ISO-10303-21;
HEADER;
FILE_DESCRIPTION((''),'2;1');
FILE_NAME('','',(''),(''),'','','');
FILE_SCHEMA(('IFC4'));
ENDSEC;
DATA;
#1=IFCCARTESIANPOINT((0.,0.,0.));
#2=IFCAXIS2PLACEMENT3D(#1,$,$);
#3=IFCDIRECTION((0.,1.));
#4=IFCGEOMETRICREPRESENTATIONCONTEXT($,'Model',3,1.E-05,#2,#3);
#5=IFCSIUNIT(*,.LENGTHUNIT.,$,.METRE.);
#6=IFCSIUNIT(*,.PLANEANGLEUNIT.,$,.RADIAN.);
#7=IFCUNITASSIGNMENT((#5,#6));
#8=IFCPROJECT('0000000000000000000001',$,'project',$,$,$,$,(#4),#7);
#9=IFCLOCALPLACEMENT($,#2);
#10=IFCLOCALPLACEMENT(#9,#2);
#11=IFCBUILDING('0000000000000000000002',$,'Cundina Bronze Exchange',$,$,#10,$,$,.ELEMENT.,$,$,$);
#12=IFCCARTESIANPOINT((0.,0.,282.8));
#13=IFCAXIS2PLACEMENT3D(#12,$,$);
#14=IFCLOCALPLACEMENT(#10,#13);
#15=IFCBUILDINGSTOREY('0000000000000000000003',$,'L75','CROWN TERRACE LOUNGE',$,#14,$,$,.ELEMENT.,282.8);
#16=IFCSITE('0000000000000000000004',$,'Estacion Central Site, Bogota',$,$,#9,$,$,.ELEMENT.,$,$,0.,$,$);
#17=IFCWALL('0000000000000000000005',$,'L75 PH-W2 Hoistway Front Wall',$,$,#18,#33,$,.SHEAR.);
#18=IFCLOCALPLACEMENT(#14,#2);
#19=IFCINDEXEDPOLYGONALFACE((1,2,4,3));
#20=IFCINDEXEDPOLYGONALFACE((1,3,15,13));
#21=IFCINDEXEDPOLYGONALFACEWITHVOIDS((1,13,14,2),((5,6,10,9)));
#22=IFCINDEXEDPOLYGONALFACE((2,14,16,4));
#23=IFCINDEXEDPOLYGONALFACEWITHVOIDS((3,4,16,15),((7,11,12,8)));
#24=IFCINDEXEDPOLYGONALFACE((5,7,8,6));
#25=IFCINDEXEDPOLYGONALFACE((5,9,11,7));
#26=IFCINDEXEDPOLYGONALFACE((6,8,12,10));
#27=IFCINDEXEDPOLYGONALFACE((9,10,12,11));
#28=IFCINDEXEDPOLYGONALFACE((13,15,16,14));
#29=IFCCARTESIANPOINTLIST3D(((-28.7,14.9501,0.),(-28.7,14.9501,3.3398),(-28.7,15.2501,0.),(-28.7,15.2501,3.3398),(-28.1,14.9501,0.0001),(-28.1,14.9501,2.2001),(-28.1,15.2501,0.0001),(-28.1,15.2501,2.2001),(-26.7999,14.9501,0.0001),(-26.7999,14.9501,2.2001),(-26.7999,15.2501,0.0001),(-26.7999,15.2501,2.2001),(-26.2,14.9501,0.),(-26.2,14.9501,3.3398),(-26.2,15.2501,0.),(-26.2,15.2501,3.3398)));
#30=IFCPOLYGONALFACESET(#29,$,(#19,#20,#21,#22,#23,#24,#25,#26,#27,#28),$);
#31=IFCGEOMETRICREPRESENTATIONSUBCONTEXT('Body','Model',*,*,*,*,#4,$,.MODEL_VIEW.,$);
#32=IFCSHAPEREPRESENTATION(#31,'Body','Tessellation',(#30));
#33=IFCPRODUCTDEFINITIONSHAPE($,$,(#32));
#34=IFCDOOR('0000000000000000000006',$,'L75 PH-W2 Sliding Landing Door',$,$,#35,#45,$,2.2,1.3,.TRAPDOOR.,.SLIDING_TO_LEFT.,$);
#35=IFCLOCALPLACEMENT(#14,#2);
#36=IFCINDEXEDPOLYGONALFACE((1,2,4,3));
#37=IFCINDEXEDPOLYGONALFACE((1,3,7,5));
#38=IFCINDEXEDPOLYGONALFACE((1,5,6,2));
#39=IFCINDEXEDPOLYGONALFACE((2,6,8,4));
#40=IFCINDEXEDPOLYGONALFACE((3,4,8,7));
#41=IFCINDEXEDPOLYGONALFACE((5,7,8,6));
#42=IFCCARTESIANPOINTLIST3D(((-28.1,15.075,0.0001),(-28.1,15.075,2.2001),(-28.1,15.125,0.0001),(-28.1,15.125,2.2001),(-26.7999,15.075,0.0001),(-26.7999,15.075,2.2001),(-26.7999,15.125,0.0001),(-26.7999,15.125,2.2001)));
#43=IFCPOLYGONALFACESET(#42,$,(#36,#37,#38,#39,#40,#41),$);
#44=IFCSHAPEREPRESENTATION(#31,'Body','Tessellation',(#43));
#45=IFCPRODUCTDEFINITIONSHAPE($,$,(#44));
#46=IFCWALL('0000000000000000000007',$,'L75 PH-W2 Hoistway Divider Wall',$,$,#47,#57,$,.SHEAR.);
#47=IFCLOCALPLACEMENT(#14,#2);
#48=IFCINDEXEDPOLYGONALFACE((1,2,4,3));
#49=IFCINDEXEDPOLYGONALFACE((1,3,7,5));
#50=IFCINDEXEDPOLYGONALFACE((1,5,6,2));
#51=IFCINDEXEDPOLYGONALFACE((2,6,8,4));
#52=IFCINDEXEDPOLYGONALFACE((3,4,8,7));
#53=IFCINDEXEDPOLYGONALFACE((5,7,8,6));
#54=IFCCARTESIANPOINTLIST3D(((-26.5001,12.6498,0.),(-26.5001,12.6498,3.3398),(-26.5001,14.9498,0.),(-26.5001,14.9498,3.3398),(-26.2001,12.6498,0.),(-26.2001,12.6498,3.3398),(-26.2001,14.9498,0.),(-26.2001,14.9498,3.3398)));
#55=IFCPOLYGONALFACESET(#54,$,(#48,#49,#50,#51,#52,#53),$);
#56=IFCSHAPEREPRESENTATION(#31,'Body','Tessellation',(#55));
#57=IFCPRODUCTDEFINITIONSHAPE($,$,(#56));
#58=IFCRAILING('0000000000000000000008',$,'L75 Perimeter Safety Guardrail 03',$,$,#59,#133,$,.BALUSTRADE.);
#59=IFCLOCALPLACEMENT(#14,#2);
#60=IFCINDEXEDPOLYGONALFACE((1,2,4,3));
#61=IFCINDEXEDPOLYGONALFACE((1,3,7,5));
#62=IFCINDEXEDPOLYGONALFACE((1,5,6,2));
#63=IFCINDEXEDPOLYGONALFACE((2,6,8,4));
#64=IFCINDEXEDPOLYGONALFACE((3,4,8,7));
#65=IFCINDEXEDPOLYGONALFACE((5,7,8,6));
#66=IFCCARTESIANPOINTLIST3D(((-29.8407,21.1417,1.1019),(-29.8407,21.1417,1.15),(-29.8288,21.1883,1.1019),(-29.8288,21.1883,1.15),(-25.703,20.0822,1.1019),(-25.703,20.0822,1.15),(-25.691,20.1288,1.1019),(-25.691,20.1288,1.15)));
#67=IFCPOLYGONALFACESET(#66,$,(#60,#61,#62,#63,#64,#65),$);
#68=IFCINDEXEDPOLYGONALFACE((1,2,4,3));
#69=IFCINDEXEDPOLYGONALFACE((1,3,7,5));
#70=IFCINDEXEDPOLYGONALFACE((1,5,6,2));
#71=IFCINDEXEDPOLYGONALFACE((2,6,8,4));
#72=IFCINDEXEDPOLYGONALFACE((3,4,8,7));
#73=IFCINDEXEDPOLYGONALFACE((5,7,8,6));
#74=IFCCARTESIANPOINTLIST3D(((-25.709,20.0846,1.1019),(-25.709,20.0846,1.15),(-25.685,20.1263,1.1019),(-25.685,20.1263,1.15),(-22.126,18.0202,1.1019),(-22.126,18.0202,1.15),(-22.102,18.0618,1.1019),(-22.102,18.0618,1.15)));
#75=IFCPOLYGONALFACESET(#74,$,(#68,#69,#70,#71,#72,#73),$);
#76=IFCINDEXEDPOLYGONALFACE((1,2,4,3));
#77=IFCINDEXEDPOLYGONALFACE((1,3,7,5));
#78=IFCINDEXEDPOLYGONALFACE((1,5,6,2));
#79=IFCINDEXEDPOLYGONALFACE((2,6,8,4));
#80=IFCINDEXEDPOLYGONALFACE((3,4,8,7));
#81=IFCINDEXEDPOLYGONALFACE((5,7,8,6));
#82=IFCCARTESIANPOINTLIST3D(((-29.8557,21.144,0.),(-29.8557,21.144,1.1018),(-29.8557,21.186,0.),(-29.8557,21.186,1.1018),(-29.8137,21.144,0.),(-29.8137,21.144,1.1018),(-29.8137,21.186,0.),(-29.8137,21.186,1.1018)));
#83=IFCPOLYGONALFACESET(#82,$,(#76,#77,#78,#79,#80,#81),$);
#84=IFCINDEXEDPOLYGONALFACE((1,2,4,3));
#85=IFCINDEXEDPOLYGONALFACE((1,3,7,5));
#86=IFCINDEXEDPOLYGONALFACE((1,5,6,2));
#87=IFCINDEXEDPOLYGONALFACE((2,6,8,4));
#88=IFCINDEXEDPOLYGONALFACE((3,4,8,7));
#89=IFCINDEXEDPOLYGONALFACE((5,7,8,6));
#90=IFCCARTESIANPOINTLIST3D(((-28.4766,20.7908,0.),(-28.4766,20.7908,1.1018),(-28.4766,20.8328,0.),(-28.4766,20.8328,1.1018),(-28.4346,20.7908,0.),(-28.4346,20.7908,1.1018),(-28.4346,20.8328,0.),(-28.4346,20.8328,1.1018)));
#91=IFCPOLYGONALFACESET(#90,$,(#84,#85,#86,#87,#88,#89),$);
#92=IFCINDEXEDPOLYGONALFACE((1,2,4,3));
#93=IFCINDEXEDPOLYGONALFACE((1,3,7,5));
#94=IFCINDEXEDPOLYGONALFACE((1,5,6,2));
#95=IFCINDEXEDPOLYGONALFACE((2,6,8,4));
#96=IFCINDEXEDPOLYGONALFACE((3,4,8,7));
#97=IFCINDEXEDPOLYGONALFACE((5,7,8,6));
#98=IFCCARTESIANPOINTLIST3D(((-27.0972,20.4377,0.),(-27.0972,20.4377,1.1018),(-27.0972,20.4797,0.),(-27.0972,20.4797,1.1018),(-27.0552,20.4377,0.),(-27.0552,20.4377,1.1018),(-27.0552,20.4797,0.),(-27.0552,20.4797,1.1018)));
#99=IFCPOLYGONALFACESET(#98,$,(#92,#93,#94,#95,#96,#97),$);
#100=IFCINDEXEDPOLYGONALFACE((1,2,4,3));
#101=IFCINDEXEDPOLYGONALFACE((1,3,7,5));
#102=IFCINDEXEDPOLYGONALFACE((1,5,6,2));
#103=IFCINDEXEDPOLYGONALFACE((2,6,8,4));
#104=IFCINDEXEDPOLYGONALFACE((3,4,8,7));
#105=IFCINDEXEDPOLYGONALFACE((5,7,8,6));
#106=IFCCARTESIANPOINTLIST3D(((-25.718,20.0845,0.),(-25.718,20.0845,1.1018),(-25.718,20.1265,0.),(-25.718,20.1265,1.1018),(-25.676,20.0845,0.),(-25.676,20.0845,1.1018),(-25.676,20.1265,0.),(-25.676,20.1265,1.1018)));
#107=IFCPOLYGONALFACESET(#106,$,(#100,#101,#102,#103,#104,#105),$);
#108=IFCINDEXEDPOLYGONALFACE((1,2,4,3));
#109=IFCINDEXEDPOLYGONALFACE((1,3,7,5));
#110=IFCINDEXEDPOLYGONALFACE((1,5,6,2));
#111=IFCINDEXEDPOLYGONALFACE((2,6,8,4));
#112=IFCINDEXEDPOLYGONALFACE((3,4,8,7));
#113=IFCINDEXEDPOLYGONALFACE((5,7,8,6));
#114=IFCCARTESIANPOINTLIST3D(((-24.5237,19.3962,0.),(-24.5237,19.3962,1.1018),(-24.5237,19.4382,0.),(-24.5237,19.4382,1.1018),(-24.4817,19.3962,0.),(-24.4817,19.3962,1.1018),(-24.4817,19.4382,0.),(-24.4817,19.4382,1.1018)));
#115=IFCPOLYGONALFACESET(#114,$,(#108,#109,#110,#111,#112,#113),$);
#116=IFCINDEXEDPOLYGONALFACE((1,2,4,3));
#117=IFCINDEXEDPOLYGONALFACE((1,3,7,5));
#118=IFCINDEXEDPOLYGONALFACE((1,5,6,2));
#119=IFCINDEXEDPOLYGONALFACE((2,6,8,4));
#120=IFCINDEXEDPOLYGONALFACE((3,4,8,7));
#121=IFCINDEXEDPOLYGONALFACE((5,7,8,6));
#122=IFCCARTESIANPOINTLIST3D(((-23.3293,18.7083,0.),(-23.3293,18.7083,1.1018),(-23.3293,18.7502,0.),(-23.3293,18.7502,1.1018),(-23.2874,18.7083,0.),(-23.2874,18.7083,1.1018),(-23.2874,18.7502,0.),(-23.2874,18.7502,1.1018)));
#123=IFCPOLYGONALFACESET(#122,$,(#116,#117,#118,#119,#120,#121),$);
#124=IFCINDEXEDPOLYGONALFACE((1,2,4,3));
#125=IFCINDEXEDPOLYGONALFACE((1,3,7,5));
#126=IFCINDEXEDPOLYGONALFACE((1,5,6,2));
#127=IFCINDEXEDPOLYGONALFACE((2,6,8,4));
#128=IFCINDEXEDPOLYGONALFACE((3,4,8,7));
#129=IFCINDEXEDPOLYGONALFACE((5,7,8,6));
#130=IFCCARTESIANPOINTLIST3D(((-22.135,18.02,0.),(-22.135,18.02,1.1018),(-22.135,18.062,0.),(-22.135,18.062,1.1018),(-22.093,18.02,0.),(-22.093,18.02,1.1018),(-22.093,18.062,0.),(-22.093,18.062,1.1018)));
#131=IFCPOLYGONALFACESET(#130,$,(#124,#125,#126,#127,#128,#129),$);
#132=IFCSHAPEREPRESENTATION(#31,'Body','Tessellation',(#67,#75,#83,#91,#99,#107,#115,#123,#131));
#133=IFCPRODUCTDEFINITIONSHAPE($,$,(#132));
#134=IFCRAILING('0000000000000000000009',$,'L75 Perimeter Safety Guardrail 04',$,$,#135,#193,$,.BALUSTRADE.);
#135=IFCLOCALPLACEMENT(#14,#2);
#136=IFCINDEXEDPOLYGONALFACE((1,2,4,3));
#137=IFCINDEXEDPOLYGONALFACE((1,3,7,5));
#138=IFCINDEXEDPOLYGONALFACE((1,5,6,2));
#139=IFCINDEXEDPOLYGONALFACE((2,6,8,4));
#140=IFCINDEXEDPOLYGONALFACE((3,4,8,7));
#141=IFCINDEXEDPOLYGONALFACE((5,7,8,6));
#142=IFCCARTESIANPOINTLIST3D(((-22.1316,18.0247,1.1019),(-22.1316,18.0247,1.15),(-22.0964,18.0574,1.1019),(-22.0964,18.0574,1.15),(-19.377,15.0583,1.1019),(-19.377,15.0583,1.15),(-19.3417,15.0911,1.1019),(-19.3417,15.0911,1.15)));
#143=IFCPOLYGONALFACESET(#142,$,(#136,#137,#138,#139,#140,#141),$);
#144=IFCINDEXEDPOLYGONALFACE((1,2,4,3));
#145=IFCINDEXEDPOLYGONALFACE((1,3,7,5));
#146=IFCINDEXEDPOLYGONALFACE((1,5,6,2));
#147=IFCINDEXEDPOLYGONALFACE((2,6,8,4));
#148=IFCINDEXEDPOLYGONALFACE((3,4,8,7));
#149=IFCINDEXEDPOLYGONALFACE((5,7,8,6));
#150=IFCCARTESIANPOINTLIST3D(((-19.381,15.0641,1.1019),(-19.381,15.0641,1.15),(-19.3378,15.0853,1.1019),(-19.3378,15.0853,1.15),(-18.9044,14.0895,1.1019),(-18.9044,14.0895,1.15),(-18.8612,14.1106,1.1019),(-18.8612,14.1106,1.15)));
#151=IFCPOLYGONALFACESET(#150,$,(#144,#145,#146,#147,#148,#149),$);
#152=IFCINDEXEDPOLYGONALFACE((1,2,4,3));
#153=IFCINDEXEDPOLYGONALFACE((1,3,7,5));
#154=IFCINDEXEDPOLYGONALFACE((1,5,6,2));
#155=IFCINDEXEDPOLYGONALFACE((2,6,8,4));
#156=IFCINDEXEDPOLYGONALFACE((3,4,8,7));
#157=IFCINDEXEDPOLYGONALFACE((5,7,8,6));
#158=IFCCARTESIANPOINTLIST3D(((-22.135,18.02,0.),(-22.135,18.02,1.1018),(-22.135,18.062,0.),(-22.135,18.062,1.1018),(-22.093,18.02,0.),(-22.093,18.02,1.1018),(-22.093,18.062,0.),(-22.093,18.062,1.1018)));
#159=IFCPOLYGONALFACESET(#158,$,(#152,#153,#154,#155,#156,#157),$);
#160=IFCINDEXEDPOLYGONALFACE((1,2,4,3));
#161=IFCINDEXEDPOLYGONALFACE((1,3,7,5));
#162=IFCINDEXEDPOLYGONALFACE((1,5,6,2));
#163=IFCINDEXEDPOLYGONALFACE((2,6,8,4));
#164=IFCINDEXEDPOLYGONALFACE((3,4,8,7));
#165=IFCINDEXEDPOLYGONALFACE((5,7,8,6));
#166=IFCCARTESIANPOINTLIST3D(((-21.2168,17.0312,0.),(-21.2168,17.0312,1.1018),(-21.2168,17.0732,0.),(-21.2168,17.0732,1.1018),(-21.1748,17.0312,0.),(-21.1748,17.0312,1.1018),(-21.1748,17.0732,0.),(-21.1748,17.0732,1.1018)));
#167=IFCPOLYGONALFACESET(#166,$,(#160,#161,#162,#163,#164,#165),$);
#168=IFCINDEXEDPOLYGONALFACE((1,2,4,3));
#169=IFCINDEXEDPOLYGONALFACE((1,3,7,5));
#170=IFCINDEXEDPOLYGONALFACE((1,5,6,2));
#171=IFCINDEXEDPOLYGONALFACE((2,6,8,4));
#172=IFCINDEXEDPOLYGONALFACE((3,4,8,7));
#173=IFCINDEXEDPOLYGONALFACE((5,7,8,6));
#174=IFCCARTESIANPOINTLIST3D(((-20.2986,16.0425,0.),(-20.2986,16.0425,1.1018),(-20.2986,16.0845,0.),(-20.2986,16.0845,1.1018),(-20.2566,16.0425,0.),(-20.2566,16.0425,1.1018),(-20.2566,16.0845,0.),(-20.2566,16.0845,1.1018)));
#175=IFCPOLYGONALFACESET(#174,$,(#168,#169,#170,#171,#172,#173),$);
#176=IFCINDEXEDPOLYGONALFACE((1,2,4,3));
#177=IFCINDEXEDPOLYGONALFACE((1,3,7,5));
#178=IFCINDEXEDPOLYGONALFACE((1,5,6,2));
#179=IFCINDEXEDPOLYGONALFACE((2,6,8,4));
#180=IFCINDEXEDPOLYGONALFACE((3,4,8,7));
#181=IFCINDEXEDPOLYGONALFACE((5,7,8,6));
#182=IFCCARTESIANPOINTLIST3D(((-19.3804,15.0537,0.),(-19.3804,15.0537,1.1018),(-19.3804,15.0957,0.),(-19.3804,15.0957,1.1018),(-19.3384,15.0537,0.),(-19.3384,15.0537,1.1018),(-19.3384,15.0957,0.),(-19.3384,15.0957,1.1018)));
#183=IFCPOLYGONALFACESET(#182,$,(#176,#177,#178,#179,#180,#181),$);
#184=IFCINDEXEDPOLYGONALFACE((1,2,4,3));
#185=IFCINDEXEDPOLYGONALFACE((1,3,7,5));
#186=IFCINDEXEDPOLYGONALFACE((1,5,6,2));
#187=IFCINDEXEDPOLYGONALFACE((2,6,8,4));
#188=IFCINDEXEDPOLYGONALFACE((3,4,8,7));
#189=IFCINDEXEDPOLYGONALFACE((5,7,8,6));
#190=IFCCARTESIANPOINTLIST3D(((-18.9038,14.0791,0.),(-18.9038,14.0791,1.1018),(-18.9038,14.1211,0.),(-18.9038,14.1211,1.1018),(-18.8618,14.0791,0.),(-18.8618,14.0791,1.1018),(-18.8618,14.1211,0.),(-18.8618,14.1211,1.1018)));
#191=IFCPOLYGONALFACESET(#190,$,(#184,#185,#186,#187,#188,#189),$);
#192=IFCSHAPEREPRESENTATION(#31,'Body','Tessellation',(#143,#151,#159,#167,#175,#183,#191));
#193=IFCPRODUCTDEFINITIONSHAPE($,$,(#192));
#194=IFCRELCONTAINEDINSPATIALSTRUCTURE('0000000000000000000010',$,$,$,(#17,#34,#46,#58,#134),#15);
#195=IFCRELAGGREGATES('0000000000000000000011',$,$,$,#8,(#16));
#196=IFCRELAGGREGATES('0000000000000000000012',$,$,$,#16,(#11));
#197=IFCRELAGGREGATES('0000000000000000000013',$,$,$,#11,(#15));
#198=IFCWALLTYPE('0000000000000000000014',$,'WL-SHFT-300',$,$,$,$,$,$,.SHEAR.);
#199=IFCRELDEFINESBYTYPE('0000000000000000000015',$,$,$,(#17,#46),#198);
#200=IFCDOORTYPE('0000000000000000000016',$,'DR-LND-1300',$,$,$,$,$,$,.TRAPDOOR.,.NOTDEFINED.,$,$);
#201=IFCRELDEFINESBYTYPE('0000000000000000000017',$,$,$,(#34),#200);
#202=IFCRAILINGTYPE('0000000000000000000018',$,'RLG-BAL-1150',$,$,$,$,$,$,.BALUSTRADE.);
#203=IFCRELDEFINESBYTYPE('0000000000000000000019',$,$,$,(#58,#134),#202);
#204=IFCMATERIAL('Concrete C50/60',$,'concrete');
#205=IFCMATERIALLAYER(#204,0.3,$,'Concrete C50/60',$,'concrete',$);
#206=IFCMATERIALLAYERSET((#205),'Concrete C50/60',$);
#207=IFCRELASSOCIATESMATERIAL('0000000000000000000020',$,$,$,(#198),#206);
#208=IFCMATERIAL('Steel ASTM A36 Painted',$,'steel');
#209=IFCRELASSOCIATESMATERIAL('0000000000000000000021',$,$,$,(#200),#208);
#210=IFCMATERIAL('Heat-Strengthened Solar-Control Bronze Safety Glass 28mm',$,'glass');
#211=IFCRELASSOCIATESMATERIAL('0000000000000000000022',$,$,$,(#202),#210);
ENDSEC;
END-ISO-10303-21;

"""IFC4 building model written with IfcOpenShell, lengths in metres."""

from ifc_helpers import new_model, si_unit, direction, frame, frame_2d, origin, origin_2d, place, context, subcontext, project, spatial, rectangle, extrude, material, layer, layer_set, type_object, element, fill, save


model = new_model("IFC4")

# Units and contexts
model_context = context("Model", 3, precision=1e-05, world=origin(), true_north=direction((0.0, 1.0)))
body_context = subcontext(model_context, "Body", "Model", "MODEL_VIEW")
ifc_project = project(units=[si_unit("LENGTHUNIT", "METRE"), si_unit("PLANEANGLEUNIT", "RADIAN")], contexts=[model_context])

# Site, building, storey
site_placement = place(None, origin())
site = spatial("IfcSite", under=ifc_project, at=site_placement, Name="Estacion Central Site, Bogota", CompositionType="ELEMENT", RefElevation=0.0)
building_placement = place(site_placement, origin())
building = spatial("IfcBuilding", under=site, at=building_placement, Name="Cundina Bronze Exchange", CompositionType="ELEMENT")
storey_placement = place(building_placement, frame((0.0, 0.0, 282.8)))
storey = spatial("IfcBuildingStorey", under=building, at=storey_placement, Name="L75", Description="CROWN TERRACE LOUNGE", CompositionType="ELEMENT", Elevation=282.8)

# Shared definitions
ifc_material_1 = material(Name="Concrete C50/60", Category="concrete")
ifc_layer_1 = layer(ifc_material_1, 0.3, Name="Concrete C50/60", Category="concrete")
ifc_layer_set_1 = layer_set([ifc_layer_1], Name="Concrete C50/60")
wall_type_1 = type_object("IfcWallType", Name="WL-SHFT-300", PredefinedType="SHEAR", material=ifc_layer_set_1)
ifc_material_2 = material(Name="Steel ASTM A36 Painted", Category="steel")

# Wall, opening, door
wall_1_placement = place(storey_placement, frame((-28.7, 15.1001, 0.0), z_axis=(0.0, 0.0, 1.0), x_axis=(1.0, 0.0, 0.0)))
wall_1 = element("IfcWall", 1, at=wall_1_placement, inside=storey, type_object=wall_type_1, Name="L75 PH-W2 Hoistway Front Wall", PredefinedType="SHEAR", context=body_context, shape_type="SweptSolid", body=[
    extrude(rectangle(XDim=2.5, YDim=0.3, at=frame_2d((1.25, 0.0))), origin(), (0.0, 0.0, 1.0), 3.3398),
])
opening_1_placement = place(wall_1_placement, frame((0.6001, 0.0, 0.0)))
opening_1 = element("IfcOpeningElement", 2, at=opening_1_placement, cuts=wall_1, PredefinedType="OPENING", context=body_context, shape_type="SweptSolid", body=[
    extrude(rectangle(XDim=1.3, YDim=2.2, at=frame_2d((0.6499, 1.1001))), frame((0.0, 0.1599, 0.0), z_axis=(0.0, -1.0, 0.0), x_axis=(1.0, 0.0, 0.0)), (0.0, 0.0, 1.0), 0.3201),
])
door_type_1 = type_object("IfcDoorType", Name="DR-LND-1300", OperationType="NOTDEFINED", PredefinedType="TRAPDOOR", material=ifc_material_2)
door_1_placement = place(opening_1_placement, origin())
door_1 = element("IfcDoor", 3, at=door_1_placement, inside=storey, type_object=door_type_1, Name="L75 PH-W2 Sliding Landing Door", OperationType="SLIDING_TO_LEFT", OverallHeight=2.2, OverallWidth=1.3, PredefinedType="TRAPDOOR", context=body_context, shape_type="SweptSolid", body=[
    extrude(rectangle(XDim=1.3, YDim=2.2, at=frame_2d((0.6499, 1.1001))), frame((0.0, 0.0249, 0.0), z_axis=(0.0, -1.0, 0.0), x_axis=(1.0, 0.0, 0.0)), (0.0, 0.0, 1.0), 0.05),
])
fill(opening_1, door_1)

# Wall
wall_2_placement = place(storey_placement, frame((-26.3501, 12.6499, 0.0), z_axis=(0.0, 0.0, 1.0), x_axis=(0.0, 1.0, 0.0)))
element("IfcWall", 4, at=wall_2_placement, inside=storey, type_object=wall_type_1, Name="L75 PH-W2 Hoistway Divider Wall", PredefinedType="SHEAR", context=body_context, shape_type="SweptSolid", body=[
    extrude(rectangle(XDim=2.3, YDim=0.3, at=frame_2d((1.1499, 0.0))), origin(), (0.0, 0.0, 1.0), 3.3398),
])

# Railings
ifc_material_3 = material(Name="Heat-Strengthened Solar-Control Bronze Safety Glass 28mm", Category="glass")
railing_type = type_object("IfcRailingType", Name="RLG-BAL-1150", PredefinedType="BALUSTRADE", material=ifc_material_3)
railing_1_placement = place(storey_placement, frame((-29.8347, 21.165, 0.0)))
element("IfcRailing", 5, at=railing_1_placement, inside=storey, type_object=railing_type, Name="L75 Perimeter Safety Guardrail 03", PredefinedType="BALUSTRADE", context=body_context, shape_type="SweptSolid", body=[
    extrude(rectangle(XDim=0.0481, YDim=0.0481, at=origin_2d()), frame((0.0, 0.0, 1.126), z_axis=(0.968741, -0.248073, 0.0), x_axis=(0.248073, 0.968741, 0.0)), (0.0, 0.0, 1.0), 4.2712),
    extrude(rectangle(XDim=0.0481, YDim=0.0481, at=origin_2d()), frame((4.1377, -1.0596, 1.126), z_axis=(0.866465, -0.499239, 0.0), x_axis=(0.499239, 0.866465, 0.0)), (0.0, 0.0, 1.0), 4.1353),
    extrude(rectangle(XDim=0.042, YDim=0.042, at=origin_2d()), origin(), (0.0, 0.0, 1.0), 1.1018),
    extrude(rectangle(XDim=0.042, YDim=0.042, at=origin_2d()), frame((1.3792, -0.3533, 0.0)), (0.0, 0.0, 1.0), 1.1018),
    extrude(rectangle(XDim=0.042, YDim=0.042, at=origin_2d()), frame((2.7585, -0.7063, 0.0)), (0.0, 0.0, 1.0), 1.1018),
    extrude(rectangle(XDim=0.042, YDim=0.042, at=origin_2d()), frame((4.1377, -1.0596, 0.0)), (0.0, 0.0, 1.0), 1.1018),
    extrude(rectangle(XDim=0.042, YDim=0.042, at=origin_2d()), frame((5.332, -1.7478, 0.0)), (0.0, 0.0, 1.0), 1.1018),
    extrude(rectangle(XDim=0.042, YDim=0.042, at=origin_2d()), frame((6.5264, -2.4358, 0.0)), (0.0, 0.0, 1.0), 1.1018),
    extrude(rectangle(XDim=0.042, YDim=0.042, at=origin_2d()), frame((7.7207, -3.124, 0.0)), (0.0, 0.0, 1.0), 1.1018),
])
railing_2_placement = place(storey_placement, frame((-22.114, 18.041, 0.0)))
element("IfcRailing", 6, at=railing_2_placement, inside=storey, type_object=railing_type, Name="L75 Perimeter Safety Guardrail 04", PredefinedType="BALUSTRADE", context=body_context, shape_type="SweptSolid", body=[
    extrude(rectangle(XDim=0.0481, YDim=0.0481, at=origin_2d()), frame((0.0, 0.0, 1.126), z_axis=(0.680479, -0.732768, 0.0), x_axis=(0.732768, 0.680479, 0.0)), (0.0, 0.0, 1.0), 4.0481),
    extrude(rectangle(XDim=0.0481, YDim=0.0481, at=origin_2d()), frame((2.7546, -2.9663, 1.126), z_axis=(0.439275, -0.898353, 0.0), x_axis=(0.898353, 0.439275, 0.0)), (0.0, 0.0, 1.0), 1.085),
    extrude(rectangle(XDim=0.042, YDim=0.042, at=origin_2d()), origin(), (0.0, 0.0, 1.0), 1.1018),
    extrude(rectangle(XDim=0.042, YDim=0.042, at=origin_2d()), frame((0.9182, -0.9888, 0.0)), (0.0, 0.0, 1.0), 1.1018),
    extrude(rectangle(XDim=0.042, YDim=0.042, at=origin_2d()), frame((1.8364, -1.9775, 0.0)), (0.0, 0.0, 1.0), 1.1018),
    extrude(rectangle(XDim=0.042, YDim=0.042, at=origin_2d()), frame((2.7546, -2.9663, 0.0)), (0.0, 0.0, 1.0), 1.1018),
    extrude(rectangle(XDim=0.042, YDim=0.042, at=origin_2d()), frame((3.2312, -3.9409, 0.0)), (0.0, 0.0, 1.0), 1.1018),
])

save(model, "model.ifc")
